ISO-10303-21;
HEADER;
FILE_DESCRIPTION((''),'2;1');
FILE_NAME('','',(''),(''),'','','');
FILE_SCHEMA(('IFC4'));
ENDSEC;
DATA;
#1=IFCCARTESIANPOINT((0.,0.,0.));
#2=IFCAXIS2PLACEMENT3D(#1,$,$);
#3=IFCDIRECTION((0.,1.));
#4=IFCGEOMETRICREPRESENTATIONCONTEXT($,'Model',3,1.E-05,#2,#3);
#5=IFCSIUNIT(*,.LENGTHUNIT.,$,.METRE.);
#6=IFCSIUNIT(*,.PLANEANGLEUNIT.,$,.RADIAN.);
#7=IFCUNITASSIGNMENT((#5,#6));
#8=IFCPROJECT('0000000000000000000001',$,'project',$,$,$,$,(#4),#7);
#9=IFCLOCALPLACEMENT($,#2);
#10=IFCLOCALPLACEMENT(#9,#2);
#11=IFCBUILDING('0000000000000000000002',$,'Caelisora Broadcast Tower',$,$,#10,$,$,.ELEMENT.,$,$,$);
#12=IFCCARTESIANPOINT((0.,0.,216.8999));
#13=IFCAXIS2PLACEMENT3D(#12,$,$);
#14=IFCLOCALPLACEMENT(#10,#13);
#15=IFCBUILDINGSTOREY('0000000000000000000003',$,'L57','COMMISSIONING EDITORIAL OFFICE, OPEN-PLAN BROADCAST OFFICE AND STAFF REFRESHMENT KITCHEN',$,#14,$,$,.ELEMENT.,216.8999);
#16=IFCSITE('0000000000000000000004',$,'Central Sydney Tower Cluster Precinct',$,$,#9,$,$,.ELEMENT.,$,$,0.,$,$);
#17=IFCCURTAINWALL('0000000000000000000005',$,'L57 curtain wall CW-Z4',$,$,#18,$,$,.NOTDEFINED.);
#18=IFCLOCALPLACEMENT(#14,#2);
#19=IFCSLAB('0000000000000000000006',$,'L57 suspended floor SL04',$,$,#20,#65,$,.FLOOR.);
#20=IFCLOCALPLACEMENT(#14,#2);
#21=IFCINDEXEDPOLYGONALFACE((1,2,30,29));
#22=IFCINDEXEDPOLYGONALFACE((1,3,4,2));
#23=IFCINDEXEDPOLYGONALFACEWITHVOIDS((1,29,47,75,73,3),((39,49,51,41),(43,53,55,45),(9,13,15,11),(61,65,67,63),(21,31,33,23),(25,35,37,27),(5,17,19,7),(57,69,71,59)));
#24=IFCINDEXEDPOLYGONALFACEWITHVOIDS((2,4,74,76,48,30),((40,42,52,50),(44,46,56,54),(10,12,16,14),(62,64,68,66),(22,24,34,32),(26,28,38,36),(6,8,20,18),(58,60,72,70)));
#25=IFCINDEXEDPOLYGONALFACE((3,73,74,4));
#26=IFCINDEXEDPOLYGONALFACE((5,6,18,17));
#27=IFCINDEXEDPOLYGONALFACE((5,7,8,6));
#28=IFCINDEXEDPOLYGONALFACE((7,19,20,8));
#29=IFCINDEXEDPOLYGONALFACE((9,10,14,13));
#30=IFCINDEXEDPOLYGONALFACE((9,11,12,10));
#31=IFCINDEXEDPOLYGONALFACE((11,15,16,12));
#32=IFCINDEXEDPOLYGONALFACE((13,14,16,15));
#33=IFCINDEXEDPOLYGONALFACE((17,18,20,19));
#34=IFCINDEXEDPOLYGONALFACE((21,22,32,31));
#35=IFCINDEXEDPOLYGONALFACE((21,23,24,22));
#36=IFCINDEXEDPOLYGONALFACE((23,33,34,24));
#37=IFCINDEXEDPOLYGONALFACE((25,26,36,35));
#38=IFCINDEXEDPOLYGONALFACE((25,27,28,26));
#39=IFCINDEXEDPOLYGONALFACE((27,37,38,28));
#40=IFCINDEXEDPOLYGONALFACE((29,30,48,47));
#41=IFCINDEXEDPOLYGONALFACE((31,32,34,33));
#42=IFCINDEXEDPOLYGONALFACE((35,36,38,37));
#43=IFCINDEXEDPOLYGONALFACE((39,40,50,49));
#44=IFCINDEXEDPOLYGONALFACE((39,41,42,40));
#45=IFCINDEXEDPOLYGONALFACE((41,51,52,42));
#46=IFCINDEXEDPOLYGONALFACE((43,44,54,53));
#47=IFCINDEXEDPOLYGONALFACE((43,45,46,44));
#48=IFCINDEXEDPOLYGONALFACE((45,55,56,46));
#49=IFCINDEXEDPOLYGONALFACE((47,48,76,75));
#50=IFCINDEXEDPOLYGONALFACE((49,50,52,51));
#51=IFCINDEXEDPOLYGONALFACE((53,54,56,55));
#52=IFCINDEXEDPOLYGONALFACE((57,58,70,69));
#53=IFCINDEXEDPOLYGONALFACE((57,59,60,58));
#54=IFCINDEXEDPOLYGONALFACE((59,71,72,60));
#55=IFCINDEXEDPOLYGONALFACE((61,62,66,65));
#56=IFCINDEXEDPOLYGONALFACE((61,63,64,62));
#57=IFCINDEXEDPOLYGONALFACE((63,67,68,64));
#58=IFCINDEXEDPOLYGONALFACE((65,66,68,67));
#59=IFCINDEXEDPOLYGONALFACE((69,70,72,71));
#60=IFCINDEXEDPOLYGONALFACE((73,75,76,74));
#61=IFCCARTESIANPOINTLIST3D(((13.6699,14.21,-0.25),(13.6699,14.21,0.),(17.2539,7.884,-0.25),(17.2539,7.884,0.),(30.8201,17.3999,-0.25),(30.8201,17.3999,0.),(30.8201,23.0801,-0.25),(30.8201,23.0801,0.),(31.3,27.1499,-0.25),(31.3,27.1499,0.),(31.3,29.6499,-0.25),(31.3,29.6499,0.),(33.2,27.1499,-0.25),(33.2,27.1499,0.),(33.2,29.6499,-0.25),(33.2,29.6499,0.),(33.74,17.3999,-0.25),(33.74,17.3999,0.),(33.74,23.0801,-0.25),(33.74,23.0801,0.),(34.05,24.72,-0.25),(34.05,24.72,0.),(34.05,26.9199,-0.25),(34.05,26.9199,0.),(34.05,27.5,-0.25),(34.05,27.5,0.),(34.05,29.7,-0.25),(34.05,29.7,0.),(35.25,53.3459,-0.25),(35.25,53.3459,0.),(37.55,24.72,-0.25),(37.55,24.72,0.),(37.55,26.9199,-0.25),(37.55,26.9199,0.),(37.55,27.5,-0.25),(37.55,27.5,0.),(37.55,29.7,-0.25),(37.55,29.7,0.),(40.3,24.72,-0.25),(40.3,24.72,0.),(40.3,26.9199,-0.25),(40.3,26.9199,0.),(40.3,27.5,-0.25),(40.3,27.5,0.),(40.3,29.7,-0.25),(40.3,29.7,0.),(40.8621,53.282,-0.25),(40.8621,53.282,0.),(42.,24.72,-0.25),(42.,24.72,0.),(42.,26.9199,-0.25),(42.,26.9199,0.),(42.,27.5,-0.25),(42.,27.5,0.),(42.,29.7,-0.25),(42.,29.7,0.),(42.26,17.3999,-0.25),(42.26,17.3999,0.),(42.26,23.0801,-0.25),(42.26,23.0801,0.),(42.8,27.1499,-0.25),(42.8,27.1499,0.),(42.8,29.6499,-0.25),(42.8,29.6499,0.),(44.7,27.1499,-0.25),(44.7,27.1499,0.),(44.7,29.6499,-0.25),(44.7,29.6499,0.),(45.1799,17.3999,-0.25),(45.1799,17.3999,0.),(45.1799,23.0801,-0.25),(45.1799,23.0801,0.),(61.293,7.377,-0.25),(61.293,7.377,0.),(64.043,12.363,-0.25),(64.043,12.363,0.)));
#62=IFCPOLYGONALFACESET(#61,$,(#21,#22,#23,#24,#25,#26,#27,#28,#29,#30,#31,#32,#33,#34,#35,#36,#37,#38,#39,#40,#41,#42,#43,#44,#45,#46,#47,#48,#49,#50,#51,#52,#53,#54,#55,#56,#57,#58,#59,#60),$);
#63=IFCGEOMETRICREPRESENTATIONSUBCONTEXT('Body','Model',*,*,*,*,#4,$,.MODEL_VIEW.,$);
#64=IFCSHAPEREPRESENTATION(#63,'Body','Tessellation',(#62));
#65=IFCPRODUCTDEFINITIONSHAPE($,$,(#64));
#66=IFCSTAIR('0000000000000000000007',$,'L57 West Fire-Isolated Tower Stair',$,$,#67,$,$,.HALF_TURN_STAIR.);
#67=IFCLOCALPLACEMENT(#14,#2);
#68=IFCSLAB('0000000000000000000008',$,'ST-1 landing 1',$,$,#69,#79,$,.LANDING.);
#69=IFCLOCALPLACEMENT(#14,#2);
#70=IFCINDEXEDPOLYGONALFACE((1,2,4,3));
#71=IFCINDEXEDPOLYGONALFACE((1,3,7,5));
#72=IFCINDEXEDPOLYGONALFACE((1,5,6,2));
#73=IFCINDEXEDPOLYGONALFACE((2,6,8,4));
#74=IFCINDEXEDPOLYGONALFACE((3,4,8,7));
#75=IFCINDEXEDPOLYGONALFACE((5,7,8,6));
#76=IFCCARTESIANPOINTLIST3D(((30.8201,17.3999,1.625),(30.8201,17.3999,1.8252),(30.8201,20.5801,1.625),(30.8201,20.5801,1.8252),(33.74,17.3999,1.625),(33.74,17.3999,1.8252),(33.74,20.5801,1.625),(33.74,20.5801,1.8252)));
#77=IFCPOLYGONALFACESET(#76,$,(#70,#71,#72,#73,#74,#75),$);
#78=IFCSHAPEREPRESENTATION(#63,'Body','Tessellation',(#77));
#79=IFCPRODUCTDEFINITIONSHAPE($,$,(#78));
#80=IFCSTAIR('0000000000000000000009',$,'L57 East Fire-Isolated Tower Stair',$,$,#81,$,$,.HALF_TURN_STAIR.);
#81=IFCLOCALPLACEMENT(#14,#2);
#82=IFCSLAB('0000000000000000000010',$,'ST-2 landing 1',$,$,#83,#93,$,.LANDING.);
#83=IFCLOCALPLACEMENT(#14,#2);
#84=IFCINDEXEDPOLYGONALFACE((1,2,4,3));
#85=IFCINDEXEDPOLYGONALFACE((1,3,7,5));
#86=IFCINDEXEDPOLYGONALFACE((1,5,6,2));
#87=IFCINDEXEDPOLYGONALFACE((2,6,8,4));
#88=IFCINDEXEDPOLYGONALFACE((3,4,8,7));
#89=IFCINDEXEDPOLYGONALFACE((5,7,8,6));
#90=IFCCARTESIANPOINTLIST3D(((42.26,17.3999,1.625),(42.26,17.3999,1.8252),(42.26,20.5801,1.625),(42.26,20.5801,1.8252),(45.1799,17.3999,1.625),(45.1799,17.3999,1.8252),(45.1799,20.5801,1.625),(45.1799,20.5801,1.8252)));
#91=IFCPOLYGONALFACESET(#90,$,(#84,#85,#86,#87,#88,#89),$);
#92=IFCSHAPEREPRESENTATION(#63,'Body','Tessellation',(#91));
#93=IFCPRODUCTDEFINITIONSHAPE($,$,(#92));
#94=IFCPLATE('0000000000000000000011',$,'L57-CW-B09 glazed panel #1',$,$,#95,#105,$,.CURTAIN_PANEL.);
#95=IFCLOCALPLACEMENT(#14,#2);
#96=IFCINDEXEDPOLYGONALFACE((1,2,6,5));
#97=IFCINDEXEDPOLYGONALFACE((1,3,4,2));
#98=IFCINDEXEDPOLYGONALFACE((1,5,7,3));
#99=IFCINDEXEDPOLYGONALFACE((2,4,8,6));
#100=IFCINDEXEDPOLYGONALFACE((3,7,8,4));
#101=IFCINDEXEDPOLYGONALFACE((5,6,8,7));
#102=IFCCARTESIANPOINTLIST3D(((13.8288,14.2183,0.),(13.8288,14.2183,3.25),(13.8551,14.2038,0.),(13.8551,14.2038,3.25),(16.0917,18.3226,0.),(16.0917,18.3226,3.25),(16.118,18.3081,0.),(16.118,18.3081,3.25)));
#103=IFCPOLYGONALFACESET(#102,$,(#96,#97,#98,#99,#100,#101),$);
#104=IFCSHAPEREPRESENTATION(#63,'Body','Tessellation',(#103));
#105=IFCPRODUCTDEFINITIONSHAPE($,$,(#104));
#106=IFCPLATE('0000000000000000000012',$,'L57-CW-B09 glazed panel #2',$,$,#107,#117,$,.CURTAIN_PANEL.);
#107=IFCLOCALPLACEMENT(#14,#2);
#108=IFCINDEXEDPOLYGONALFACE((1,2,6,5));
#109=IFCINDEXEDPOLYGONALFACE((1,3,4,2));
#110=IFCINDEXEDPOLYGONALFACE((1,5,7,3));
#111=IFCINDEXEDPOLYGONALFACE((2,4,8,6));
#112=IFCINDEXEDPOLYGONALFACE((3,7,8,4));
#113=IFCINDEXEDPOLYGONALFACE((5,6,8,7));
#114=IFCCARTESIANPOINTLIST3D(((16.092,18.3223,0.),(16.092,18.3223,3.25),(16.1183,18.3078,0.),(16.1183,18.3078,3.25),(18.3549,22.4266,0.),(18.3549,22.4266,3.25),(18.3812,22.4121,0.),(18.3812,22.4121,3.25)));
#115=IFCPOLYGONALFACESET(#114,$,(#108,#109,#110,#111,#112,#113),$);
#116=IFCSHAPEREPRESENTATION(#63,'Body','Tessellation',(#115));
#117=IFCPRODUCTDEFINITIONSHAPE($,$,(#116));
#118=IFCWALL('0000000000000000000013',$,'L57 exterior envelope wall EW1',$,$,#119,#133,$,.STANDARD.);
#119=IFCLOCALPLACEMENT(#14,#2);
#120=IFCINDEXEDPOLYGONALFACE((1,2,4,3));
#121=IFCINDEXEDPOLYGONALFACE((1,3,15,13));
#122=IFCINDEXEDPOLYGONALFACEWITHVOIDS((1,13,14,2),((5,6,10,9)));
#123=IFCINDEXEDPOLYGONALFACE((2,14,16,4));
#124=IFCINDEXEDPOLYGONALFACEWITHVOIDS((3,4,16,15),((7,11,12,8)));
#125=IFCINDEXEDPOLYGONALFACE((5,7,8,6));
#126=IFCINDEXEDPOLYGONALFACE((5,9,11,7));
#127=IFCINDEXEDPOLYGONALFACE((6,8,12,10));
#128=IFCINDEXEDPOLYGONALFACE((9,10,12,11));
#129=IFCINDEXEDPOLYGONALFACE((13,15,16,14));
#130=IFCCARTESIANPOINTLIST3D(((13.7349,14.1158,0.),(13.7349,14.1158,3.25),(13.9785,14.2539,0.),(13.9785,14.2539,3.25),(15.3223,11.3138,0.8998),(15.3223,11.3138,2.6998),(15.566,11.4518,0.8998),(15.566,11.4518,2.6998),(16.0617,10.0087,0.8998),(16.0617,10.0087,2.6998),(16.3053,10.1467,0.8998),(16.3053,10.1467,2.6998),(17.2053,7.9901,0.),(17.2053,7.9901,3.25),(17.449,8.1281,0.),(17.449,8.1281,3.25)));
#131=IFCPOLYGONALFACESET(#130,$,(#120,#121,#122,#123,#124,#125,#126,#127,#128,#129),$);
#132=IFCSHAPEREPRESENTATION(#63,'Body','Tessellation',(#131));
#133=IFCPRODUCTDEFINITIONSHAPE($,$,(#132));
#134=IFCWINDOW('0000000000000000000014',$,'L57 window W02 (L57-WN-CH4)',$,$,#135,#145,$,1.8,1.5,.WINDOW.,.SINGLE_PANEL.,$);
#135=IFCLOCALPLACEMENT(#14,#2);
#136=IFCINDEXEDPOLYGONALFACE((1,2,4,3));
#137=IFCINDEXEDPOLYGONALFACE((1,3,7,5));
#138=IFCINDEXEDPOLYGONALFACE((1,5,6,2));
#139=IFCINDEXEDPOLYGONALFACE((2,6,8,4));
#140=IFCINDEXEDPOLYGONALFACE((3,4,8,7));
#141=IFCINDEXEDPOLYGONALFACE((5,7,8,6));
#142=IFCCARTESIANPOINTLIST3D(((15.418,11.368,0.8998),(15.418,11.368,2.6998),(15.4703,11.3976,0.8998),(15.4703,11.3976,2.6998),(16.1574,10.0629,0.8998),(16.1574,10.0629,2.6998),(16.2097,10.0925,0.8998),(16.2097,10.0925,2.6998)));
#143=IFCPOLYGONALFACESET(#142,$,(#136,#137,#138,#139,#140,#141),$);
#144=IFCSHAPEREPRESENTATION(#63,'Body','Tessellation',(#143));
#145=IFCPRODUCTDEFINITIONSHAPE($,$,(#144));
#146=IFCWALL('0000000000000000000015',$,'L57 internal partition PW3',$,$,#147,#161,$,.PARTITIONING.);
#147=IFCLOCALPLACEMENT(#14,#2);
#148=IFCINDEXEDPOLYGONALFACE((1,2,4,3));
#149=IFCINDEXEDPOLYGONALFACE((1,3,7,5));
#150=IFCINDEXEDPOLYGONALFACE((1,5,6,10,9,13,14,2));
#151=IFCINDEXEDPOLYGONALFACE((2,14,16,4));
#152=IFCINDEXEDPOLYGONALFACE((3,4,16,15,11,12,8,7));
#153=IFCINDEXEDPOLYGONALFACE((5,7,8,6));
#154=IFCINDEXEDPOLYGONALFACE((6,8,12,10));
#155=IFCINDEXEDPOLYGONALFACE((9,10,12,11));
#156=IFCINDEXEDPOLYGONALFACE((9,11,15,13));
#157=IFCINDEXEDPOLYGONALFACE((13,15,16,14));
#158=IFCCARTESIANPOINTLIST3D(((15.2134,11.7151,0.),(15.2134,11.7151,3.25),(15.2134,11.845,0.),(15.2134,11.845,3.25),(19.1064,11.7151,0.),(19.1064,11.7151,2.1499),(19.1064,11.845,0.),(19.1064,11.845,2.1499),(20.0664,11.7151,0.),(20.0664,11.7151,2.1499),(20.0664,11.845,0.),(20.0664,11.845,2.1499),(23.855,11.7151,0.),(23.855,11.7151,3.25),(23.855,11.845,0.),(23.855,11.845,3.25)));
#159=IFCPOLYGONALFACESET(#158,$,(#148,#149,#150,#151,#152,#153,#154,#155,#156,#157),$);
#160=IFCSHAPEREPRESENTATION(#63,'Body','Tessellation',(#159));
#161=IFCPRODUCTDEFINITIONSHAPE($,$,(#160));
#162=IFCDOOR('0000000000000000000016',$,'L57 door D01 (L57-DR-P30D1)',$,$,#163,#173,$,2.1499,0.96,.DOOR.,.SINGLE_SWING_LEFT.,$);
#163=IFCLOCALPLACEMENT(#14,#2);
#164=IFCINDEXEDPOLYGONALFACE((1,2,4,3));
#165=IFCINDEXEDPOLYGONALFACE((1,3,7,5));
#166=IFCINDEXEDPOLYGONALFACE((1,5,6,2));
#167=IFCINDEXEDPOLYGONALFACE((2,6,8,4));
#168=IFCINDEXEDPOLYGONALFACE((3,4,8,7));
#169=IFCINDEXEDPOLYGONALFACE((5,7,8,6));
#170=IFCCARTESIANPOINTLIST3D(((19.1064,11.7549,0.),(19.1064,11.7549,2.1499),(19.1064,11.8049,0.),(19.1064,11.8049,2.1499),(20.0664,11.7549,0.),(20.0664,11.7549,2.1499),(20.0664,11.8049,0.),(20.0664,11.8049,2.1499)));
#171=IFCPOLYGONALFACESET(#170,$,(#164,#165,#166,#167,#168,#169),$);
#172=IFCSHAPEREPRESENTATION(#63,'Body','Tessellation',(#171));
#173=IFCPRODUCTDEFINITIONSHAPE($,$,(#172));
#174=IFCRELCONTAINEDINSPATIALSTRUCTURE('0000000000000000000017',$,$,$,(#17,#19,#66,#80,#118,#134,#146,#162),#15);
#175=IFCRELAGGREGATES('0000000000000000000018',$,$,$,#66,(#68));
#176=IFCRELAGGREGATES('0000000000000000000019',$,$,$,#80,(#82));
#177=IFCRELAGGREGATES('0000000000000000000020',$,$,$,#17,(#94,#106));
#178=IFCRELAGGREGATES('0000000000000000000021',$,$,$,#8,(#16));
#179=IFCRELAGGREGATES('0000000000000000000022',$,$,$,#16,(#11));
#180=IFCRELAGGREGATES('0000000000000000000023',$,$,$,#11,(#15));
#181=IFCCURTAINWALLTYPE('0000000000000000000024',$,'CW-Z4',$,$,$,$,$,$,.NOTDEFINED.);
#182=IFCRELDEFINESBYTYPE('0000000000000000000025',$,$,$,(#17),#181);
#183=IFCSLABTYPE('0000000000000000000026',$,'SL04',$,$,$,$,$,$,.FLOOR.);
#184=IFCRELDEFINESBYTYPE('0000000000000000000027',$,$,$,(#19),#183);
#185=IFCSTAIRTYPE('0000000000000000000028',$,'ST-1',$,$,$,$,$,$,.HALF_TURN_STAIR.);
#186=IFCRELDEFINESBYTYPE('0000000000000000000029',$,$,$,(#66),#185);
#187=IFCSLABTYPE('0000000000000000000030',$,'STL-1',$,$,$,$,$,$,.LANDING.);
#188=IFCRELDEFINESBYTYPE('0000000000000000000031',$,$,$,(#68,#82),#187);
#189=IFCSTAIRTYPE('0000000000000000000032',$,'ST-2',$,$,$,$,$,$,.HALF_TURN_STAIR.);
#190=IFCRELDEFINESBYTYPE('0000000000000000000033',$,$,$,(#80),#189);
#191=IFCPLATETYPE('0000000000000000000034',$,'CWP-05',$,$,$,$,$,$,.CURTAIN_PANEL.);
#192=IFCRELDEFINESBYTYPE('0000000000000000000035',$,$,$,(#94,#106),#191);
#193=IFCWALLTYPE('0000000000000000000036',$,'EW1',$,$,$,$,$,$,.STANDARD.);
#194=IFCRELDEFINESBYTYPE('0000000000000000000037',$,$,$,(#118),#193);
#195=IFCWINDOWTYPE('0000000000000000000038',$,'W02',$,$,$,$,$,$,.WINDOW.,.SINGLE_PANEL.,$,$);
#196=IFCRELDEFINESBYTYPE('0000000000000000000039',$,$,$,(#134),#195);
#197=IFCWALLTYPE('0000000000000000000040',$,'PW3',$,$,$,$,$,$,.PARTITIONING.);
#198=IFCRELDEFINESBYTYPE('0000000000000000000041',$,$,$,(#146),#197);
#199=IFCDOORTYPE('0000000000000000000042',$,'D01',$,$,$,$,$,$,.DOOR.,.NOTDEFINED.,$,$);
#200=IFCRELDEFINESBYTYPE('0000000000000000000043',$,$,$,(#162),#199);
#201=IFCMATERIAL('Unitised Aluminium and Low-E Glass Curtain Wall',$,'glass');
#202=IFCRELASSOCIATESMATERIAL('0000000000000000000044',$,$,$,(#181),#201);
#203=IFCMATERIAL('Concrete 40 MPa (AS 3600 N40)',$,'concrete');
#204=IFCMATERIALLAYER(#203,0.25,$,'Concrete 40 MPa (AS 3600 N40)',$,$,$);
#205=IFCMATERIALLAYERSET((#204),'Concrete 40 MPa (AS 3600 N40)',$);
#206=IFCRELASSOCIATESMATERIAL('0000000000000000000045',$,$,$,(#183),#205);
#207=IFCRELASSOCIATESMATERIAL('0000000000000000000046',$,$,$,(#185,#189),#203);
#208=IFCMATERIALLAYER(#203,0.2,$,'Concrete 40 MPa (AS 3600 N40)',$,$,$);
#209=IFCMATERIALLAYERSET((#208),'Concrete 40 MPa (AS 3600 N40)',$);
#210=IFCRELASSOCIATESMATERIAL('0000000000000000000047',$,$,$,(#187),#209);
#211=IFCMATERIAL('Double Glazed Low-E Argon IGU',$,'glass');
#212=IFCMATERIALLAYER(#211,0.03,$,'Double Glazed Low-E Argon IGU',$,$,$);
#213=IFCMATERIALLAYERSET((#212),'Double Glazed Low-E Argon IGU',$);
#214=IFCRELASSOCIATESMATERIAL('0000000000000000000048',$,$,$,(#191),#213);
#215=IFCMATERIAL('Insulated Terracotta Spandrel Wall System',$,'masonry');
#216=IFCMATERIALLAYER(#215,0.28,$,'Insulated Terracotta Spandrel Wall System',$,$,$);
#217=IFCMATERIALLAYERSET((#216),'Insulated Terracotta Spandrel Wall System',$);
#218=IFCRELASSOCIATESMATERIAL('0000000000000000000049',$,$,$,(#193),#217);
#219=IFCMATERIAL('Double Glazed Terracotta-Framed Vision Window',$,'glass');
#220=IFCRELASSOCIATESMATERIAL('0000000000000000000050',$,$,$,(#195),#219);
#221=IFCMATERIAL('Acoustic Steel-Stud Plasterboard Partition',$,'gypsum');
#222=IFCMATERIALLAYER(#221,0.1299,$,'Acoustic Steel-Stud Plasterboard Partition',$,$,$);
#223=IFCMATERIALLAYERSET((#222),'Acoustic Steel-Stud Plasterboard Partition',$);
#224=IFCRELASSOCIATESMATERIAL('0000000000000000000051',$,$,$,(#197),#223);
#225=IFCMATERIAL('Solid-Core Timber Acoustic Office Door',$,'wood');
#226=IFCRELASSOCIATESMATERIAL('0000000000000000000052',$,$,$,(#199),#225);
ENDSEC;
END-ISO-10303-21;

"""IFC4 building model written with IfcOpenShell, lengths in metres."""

from ifc_helpers import new_model, si_unit, direction, frame, frame_2d, origin, origin_2d, place, context, subcontext, project, spatial, polyline, rectangle, outline, extrude, source, transform, mapped, material, layer, layer_set, type_object, type_shapes, element, fill, aggregate, save


model = new_model("IFC4")

# Units and contexts
model_context = context("Model", 3, precision=1e-05, world=origin(), true_north=direction((0.0, 1.0)))
body_context = subcontext(model_context, "Body", "Model", "MODEL_VIEW")
ifc_project = project(units=[si_unit("LENGTHUNIT", "METRE"), si_unit("PLANEANGLEUNIT", "RADIAN")], contexts=[model_context])

# Site, building, storey
site_placement = place(None, origin())
site = spatial("IfcSite", under=ifc_project, at=site_placement, Name="Central Sydney Tower Cluster Precinct", CompositionType="ELEMENT", RefElevation=0.0)
building_placement = place(site_placement, origin())
building = spatial("IfcBuilding", under=site, at=building_placement, Name="Caelisora Broadcast Tower", CompositionType="ELEMENT")
storey_placement = place(building_placement, frame((0.0, 0.0, 216.8999)))
storey = spatial("IfcBuildingStorey", under=building, at=storey_placement, Name="L57", Description="COMMISSIONING EDITORIAL OFFICE, OPEN-PLAN BROADCAST OFFICE AND STAFF REFRESHMENT KITCHEN", CompositionType="ELEMENT", Elevation=216.8999)

# Shared definitions
ifc_material_1 = material(Name="Unitised Aluminium and Low-E Glass Curtain Wall", Category="glass")
curtain_wall_type = type_object("IfcCurtainWallType", Name="CW-Z4", PredefinedType="NOTDEFINED", material=ifc_material_1)

# Curtain wall
curtain_wall_1_placement = place(storey_placement, origin())
curtain_wall_1 = element("IfcCurtainWall", 1, at=curtain_wall_1_placement, inside=storey, type_object=curtain_wall_type, Name="L57 curtain wall CW-Z4", PredefinedType="NOTDEFINED")

# Slab
ifc_material_2 = material(Name="Concrete 40 MPa (AS 3600 N40)", Category="concrete")
ifc_layer_1 = layer(ifc_material_2, 0.25, Name="Concrete 40 MPa (AS 3600 N40)")
ifc_layer_set_1 = layer_set([ifc_layer_1], Name="Concrete 40 MPa (AS 3600 N40)")
slab_type_1 = type_object("IfcSlabType", Name="SL04", PredefinedType="FLOOR", material=ifc_layer_set_1)
slab_1_placement = place(storey_placement, frame((0.0, 0.0, -0.25)))
element("IfcSlab", 2, at=slab_1_placement, inside=storey, type_object=slab_type_1, Name="L57 suspended floor SL04", PredefinedType="FLOOR", context=body_context, shape_type="SweptSolid", body=[
    extrude(outline(polyline([(40.8621, 53.282), (35.25, 53.3459), (13.6699, 14.21), (17.2539, 7.884), (61.293, 7.377), (64.043, 12.363), (40.8621, 53.282)]), holes=[polyline([(30.8201, 17.3999), (33.74, 17.3999), (33.74, 23.0801), (30.8201, 23.0801), (30.8201, 17.3999)]), polyline([(42.26, 17.3999), (45.1799, 17.3999), (45.1799, 23.0801), (42.26, 23.0801), (42.26, 17.3999)]), polyline([(42.8, 27.1499), (44.7, 27.1499), (44.7, 29.6499), (42.8, 29.6499), (42.8, 27.1499)]), polyline([(40.3, 24.72), (42.0, 24.72), (42.0, 26.9199), (40.3, 26.9199), (40.3, 24.72)]), polyline([(40.3, 27.5), (42.0, 27.5), (42.0, 29.7), (40.3, 29.7), (40.3, 27.5)]), polyline([(34.05, 24.72), (37.55, 24.72), (37.55, 26.9199), (34.05, 26.9199), (34.05, 24.72)]), polyline([(34.05, 27.5), (37.55, 27.5), (37.55, 29.7), (34.05, 29.7), (34.05, 27.5)]), polyline([(31.3, 27.1499), (33.2, 27.1499), (33.2, 29.6499), (31.3, 29.6499), (31.3, 27.1499)])]), origin(), (0.0, 0.0, 1.0), 0.25),
])

# Stairs, slabs
stair_type_1 = type_object("IfcStairType", Name="ST-1", PredefinedType="HALF_TURN_STAIR", material=ifc_material_2)
stair_1_placement = place(storey_placement, origin())
stair_1 = element("IfcStair", 3, at=stair_1_placement, inside=storey, type_object=stair_type_1, Name="L57 West Fire-Isolated Tower Stair", PredefinedType="HALF_TURN_STAIR")
ifc_layer_2 = layer(ifc_material_2, 0.2, Name="Concrete 40 MPa (AS 3600 N40)")
ifc_layer_set_2 = layer_set([ifc_layer_2], Name="Concrete 40 MPa (AS 3600 N40)")
slab_type_2 = type_object("IfcSlabType", Name="STL-1", PredefinedType="LANDING", material=ifc_layer_set_2)
slab_2_placement = place(storey_placement, frame((0.0, 0.0, 1.625)))
slab_2 = element("IfcSlab", 4, at=slab_2_placement, type_object=slab_type_2, Name="ST-1 landing 1", PredefinedType="LANDING", context=body_context, shape_type="SweptSolid", body=[
    extrude(outline(polyline([(30.8201, 20.5801), (30.8201, 17.3999), (33.74, 17.3999), (33.74, 20.5801), (30.8201, 20.5801)])), origin(), (0.0, 0.0, 1.0), 0.2002),
])
aggregate(stair_1, [slab_2])
stair_type_2 = type_object("IfcStairType", Name="ST-2", PredefinedType="HALF_TURN_STAIR", material=ifc_material_2)
stair_2_placement = place(storey_placement, origin())
stair_2 = element("IfcStair", 5, at=stair_2_placement, inside=storey, type_object=stair_type_2, Name="L57 East Fire-Isolated Tower Stair", PredefinedType="HALF_TURN_STAIR")
slab_3_placement = place(storey_placement, frame((0.0, 0.0, 1.625)))
slab_3 = element("IfcSlab", 6, at=slab_3_placement, type_object=slab_type_2, Name="ST-2 landing 1", PredefinedType="LANDING", context=body_context, shape_type="SweptSolid", body=[
    extrude(outline(polyline([(42.26, 20.5801), (42.26, 17.3999), (45.1799, 17.3999), (45.1799, 20.5801), (42.26, 20.5801)])), origin(), (0.0, 0.0, 1.0), 0.2002),
])
aggregate(stair_2, [slab_3])

# Plates
ifc_material_3 = material(Name="Double Glazed Low-E Argon IGU", Category="glass")
ifc_layer_3 = layer(ifc_material_3, 0.03, Name="Double Glazed Low-E Argon IGU")
ifc_layer_set_3 = layer_set([ifc_layer_3], Name="Double Glazed Low-E Argon IGU")
plate_type = type_object("IfcPlateType", Name="CWP-05", PredefinedType="CURTAIN_PANEL", material=ifc_layer_set_3)
shared_shape_1 = source(origin(), body_context, "Body", "SweptSolid", [
    extrude(rectangle(XDim=4.6868, YDim=0.03, at=origin_2d()), origin(), (0.0, 0.0, 1.0), 3.25),
])
type_shapes(plate_type, [shared_shape_1])
plate_1_placement = place(storey_placement, frame((14.9734, 16.2632, 0.0), z_axis=(0.0, 0.0, 1.0), x_axis=(0.482824, 0.875717, 0.0)))
plate_1 = element("IfcPlate", 7, at=plate_1_placement, type_object=plate_type, Name="L57-CW-B09 glazed panel #1", PredefinedType="CURTAIN_PANEL", context=body_context, shape_type="MappedRepresentation", body=[
    mapped(shared_shape_1, transform((0.0, 0.0, 0.0), scale=1.0)),
])
plate_2_placement = place(storey_placement, frame((17.2366, 20.3672, 0.0), z_axis=(0.0, 0.0, 1.0), x_axis=(0.482824, 0.875717, 0.0)))
plate_2 = element("IfcPlate", 8, at=plate_2_placement, type_object=plate_type, Name="L57-CW-B09 glazed panel #2", PredefinedType="CURTAIN_PANEL", context=body_context, shape_type="MappedRepresentation", body=[
    mapped(shared_shape_1, transform((0.0, 0.0, 0.0), scale=1.0)),
])
aggregate(curtain_wall_1, [plate_1, plate_2])

# Wall, opening, window
ifc_material_4 = material(Name="Insulated Terracotta Spandrel Wall System", Category="masonry")
ifc_layer_4 = layer(ifc_material_4, 0.28, Name="Insulated Terracotta Spandrel Wall System")
ifc_layer_set_4 = layer_set([ifc_layer_4], Name="Insulated Terracotta Spandrel Wall System")
wall_type_1 = type_object("IfcWallType", Name="EW1", PredefinedType="STANDARD", material=ifc_layer_set_4)
wall_1_placement = place(storey_placement, frame((17.3271, 8.0591, 0.0), z_axis=(0.0, 0.0, 1.0), x_axis=(-0.492928, 0.87007, 0.0)))
wall_1 = element("IfcWall", 9, at=wall_1_placement, inside=storey, type_object=wall_type_1, Name="L57 exterior envelope wall EW1", PredefinedType="STANDARD", context=body_context, shape_type="SweptSolid", body=[
    extrude(rectangle(XDim=7.0405, YDim=0.28, at=frame_2d((3.5203, 0.0))), origin(), (0.0, 0.0, 1.0), 3.25),
])
opening_1_placement = place(wall_1_placement, frame((2.3201, 0.0, 0.8999)))
opening_1 = element("IfcOpeningElement", 10, at=opening_1_placement, cuts=wall_1, PredefinedType="OPENING", context=body_context, shape_type="SweptSolid", body=[
    extrude(rectangle(XDim=1.5, YDim=1.8, at=frame_2d((0.75, 0.8999))), frame((0.0, 0.1521, 0.0), z_axis=(0.0, -1.0, 0.0), x_axis=(1.0, 0.0, 0.0)), (0.0, 0.0, 1.0), 0.304),
])
ifc_material_5 = material(Name="Double Glazed Terracotta-Framed Vision Window", Category="glass")
window_type = type_object("IfcWindowType", Name="W02", PartitioningType="SINGLE_PANEL", PredefinedType="WINDOW", material=ifc_material_5)
window_placement = place(opening_1_placement, origin())
window = element("IfcWindow", 11, at=window_placement, inside=storey, type_object=window_type, Name="L57 window W02 (L57-WN-CH4)", OverallHeight=1.8, OverallWidth=1.5, PartitioningType="SINGLE_PANEL", PredefinedType="WINDOW", context=body_context, shape_type="SweptSolid", body=[
    extrude(rectangle(XDim=1.5, YDim=1.8, at=frame_2d((0.75, 0.8999))), frame((0.0, 0.03, 0.0), z_axis=(0.0, -1.0, 0.0), x_axis=(1.0, 0.0, 0.0)), (0.0, 0.0, 1.0), 0.0601),
])
fill(opening_1, window)

# Wall, opening, door
ifc_material_6 = material(Name="Acoustic Steel-Stud Plasterboard Partition", Category="gypsum")
ifc_layer_5 = layer(ifc_material_6, 0.1299, Name="Acoustic Steel-Stud Plasterboard Partition")
ifc_layer_set_5 = layer_set([ifc_layer_5], Name="Acoustic Steel-Stud Plasterboard Partition")
wall_type_2 = type_object("IfcWallType", Name="PW3", PredefinedType="PARTITIONING", material=ifc_layer_set_5)
wall_2_placement = place(storey_placement, frame((15.2134, 11.78, 0.0), z_axis=(0.0, 0.0, 1.0), x_axis=(1.0, 0.0, 0.0)))
wall_2 = element("IfcWall", 12, at=wall_2_placement, inside=storey, type_object=wall_type_2, Name="L57 internal partition PW3", PredefinedType="PARTITIONING", context=body_context, shape_type="SweptSolid", body=[
    extrude(rectangle(XDim=8.6416, YDim=0.1299, at=frame_2d((4.3208, 0.0))), origin(), (0.0, 0.0, 1.0), 3.25),
])
opening_2_placement = place(wall_2_placement, frame((3.8931, 0.0, 0.0)))
opening_2 = element("IfcOpeningElement", 13, at=opening_2_placement, cuts=wall_2, PredefinedType="OPENING", context=body_context, shape_type="SweptSolid", body=[
    extrude(rectangle(XDim=0.96, YDim=2.1499, at=frame_2d((0.48, 1.075))), frame((0.0, 0.0769, 0.0), z_axis=(0.0, -1.0, 0.0), x_axis=(1.0, 0.0, 0.0)), (0.0, 0.0, 1.0), 0.1538),
])
ifc_material_7 = material(Name="Solid-Core Timber Acoustic Office Door", Category="wood")
door_type = type_object("IfcDoorType", Name="D01", OperationType="NOTDEFINED", PredefinedType="DOOR", material=ifc_material_7)
door_placement = place(opening_2_placement, origin())
door = element("IfcDoor", 14, at=door_placement, inside=storey, type_object=door_type, Name="L57 door D01 (L57-DR-P30D1)", OperationType="SINGLE_SWING_LEFT", OverallHeight=2.1499, OverallWidth=0.96, PredefinedType="DOOR", context=body_context, shape_type="SweptSolid", body=[
    extrude(rectangle(XDim=0.96, YDim=2.1499, at=frame_2d((0.48, 1.075))), frame((0.0, 0.0249, 0.0), z_axis=(0.0, -1.0, 0.0), x_axis=(1.0, 0.0, 0.0)), (0.0, 0.0, 1.0), 0.05),
])
fill(opening_2, door)

save(model, "model.ifc")
